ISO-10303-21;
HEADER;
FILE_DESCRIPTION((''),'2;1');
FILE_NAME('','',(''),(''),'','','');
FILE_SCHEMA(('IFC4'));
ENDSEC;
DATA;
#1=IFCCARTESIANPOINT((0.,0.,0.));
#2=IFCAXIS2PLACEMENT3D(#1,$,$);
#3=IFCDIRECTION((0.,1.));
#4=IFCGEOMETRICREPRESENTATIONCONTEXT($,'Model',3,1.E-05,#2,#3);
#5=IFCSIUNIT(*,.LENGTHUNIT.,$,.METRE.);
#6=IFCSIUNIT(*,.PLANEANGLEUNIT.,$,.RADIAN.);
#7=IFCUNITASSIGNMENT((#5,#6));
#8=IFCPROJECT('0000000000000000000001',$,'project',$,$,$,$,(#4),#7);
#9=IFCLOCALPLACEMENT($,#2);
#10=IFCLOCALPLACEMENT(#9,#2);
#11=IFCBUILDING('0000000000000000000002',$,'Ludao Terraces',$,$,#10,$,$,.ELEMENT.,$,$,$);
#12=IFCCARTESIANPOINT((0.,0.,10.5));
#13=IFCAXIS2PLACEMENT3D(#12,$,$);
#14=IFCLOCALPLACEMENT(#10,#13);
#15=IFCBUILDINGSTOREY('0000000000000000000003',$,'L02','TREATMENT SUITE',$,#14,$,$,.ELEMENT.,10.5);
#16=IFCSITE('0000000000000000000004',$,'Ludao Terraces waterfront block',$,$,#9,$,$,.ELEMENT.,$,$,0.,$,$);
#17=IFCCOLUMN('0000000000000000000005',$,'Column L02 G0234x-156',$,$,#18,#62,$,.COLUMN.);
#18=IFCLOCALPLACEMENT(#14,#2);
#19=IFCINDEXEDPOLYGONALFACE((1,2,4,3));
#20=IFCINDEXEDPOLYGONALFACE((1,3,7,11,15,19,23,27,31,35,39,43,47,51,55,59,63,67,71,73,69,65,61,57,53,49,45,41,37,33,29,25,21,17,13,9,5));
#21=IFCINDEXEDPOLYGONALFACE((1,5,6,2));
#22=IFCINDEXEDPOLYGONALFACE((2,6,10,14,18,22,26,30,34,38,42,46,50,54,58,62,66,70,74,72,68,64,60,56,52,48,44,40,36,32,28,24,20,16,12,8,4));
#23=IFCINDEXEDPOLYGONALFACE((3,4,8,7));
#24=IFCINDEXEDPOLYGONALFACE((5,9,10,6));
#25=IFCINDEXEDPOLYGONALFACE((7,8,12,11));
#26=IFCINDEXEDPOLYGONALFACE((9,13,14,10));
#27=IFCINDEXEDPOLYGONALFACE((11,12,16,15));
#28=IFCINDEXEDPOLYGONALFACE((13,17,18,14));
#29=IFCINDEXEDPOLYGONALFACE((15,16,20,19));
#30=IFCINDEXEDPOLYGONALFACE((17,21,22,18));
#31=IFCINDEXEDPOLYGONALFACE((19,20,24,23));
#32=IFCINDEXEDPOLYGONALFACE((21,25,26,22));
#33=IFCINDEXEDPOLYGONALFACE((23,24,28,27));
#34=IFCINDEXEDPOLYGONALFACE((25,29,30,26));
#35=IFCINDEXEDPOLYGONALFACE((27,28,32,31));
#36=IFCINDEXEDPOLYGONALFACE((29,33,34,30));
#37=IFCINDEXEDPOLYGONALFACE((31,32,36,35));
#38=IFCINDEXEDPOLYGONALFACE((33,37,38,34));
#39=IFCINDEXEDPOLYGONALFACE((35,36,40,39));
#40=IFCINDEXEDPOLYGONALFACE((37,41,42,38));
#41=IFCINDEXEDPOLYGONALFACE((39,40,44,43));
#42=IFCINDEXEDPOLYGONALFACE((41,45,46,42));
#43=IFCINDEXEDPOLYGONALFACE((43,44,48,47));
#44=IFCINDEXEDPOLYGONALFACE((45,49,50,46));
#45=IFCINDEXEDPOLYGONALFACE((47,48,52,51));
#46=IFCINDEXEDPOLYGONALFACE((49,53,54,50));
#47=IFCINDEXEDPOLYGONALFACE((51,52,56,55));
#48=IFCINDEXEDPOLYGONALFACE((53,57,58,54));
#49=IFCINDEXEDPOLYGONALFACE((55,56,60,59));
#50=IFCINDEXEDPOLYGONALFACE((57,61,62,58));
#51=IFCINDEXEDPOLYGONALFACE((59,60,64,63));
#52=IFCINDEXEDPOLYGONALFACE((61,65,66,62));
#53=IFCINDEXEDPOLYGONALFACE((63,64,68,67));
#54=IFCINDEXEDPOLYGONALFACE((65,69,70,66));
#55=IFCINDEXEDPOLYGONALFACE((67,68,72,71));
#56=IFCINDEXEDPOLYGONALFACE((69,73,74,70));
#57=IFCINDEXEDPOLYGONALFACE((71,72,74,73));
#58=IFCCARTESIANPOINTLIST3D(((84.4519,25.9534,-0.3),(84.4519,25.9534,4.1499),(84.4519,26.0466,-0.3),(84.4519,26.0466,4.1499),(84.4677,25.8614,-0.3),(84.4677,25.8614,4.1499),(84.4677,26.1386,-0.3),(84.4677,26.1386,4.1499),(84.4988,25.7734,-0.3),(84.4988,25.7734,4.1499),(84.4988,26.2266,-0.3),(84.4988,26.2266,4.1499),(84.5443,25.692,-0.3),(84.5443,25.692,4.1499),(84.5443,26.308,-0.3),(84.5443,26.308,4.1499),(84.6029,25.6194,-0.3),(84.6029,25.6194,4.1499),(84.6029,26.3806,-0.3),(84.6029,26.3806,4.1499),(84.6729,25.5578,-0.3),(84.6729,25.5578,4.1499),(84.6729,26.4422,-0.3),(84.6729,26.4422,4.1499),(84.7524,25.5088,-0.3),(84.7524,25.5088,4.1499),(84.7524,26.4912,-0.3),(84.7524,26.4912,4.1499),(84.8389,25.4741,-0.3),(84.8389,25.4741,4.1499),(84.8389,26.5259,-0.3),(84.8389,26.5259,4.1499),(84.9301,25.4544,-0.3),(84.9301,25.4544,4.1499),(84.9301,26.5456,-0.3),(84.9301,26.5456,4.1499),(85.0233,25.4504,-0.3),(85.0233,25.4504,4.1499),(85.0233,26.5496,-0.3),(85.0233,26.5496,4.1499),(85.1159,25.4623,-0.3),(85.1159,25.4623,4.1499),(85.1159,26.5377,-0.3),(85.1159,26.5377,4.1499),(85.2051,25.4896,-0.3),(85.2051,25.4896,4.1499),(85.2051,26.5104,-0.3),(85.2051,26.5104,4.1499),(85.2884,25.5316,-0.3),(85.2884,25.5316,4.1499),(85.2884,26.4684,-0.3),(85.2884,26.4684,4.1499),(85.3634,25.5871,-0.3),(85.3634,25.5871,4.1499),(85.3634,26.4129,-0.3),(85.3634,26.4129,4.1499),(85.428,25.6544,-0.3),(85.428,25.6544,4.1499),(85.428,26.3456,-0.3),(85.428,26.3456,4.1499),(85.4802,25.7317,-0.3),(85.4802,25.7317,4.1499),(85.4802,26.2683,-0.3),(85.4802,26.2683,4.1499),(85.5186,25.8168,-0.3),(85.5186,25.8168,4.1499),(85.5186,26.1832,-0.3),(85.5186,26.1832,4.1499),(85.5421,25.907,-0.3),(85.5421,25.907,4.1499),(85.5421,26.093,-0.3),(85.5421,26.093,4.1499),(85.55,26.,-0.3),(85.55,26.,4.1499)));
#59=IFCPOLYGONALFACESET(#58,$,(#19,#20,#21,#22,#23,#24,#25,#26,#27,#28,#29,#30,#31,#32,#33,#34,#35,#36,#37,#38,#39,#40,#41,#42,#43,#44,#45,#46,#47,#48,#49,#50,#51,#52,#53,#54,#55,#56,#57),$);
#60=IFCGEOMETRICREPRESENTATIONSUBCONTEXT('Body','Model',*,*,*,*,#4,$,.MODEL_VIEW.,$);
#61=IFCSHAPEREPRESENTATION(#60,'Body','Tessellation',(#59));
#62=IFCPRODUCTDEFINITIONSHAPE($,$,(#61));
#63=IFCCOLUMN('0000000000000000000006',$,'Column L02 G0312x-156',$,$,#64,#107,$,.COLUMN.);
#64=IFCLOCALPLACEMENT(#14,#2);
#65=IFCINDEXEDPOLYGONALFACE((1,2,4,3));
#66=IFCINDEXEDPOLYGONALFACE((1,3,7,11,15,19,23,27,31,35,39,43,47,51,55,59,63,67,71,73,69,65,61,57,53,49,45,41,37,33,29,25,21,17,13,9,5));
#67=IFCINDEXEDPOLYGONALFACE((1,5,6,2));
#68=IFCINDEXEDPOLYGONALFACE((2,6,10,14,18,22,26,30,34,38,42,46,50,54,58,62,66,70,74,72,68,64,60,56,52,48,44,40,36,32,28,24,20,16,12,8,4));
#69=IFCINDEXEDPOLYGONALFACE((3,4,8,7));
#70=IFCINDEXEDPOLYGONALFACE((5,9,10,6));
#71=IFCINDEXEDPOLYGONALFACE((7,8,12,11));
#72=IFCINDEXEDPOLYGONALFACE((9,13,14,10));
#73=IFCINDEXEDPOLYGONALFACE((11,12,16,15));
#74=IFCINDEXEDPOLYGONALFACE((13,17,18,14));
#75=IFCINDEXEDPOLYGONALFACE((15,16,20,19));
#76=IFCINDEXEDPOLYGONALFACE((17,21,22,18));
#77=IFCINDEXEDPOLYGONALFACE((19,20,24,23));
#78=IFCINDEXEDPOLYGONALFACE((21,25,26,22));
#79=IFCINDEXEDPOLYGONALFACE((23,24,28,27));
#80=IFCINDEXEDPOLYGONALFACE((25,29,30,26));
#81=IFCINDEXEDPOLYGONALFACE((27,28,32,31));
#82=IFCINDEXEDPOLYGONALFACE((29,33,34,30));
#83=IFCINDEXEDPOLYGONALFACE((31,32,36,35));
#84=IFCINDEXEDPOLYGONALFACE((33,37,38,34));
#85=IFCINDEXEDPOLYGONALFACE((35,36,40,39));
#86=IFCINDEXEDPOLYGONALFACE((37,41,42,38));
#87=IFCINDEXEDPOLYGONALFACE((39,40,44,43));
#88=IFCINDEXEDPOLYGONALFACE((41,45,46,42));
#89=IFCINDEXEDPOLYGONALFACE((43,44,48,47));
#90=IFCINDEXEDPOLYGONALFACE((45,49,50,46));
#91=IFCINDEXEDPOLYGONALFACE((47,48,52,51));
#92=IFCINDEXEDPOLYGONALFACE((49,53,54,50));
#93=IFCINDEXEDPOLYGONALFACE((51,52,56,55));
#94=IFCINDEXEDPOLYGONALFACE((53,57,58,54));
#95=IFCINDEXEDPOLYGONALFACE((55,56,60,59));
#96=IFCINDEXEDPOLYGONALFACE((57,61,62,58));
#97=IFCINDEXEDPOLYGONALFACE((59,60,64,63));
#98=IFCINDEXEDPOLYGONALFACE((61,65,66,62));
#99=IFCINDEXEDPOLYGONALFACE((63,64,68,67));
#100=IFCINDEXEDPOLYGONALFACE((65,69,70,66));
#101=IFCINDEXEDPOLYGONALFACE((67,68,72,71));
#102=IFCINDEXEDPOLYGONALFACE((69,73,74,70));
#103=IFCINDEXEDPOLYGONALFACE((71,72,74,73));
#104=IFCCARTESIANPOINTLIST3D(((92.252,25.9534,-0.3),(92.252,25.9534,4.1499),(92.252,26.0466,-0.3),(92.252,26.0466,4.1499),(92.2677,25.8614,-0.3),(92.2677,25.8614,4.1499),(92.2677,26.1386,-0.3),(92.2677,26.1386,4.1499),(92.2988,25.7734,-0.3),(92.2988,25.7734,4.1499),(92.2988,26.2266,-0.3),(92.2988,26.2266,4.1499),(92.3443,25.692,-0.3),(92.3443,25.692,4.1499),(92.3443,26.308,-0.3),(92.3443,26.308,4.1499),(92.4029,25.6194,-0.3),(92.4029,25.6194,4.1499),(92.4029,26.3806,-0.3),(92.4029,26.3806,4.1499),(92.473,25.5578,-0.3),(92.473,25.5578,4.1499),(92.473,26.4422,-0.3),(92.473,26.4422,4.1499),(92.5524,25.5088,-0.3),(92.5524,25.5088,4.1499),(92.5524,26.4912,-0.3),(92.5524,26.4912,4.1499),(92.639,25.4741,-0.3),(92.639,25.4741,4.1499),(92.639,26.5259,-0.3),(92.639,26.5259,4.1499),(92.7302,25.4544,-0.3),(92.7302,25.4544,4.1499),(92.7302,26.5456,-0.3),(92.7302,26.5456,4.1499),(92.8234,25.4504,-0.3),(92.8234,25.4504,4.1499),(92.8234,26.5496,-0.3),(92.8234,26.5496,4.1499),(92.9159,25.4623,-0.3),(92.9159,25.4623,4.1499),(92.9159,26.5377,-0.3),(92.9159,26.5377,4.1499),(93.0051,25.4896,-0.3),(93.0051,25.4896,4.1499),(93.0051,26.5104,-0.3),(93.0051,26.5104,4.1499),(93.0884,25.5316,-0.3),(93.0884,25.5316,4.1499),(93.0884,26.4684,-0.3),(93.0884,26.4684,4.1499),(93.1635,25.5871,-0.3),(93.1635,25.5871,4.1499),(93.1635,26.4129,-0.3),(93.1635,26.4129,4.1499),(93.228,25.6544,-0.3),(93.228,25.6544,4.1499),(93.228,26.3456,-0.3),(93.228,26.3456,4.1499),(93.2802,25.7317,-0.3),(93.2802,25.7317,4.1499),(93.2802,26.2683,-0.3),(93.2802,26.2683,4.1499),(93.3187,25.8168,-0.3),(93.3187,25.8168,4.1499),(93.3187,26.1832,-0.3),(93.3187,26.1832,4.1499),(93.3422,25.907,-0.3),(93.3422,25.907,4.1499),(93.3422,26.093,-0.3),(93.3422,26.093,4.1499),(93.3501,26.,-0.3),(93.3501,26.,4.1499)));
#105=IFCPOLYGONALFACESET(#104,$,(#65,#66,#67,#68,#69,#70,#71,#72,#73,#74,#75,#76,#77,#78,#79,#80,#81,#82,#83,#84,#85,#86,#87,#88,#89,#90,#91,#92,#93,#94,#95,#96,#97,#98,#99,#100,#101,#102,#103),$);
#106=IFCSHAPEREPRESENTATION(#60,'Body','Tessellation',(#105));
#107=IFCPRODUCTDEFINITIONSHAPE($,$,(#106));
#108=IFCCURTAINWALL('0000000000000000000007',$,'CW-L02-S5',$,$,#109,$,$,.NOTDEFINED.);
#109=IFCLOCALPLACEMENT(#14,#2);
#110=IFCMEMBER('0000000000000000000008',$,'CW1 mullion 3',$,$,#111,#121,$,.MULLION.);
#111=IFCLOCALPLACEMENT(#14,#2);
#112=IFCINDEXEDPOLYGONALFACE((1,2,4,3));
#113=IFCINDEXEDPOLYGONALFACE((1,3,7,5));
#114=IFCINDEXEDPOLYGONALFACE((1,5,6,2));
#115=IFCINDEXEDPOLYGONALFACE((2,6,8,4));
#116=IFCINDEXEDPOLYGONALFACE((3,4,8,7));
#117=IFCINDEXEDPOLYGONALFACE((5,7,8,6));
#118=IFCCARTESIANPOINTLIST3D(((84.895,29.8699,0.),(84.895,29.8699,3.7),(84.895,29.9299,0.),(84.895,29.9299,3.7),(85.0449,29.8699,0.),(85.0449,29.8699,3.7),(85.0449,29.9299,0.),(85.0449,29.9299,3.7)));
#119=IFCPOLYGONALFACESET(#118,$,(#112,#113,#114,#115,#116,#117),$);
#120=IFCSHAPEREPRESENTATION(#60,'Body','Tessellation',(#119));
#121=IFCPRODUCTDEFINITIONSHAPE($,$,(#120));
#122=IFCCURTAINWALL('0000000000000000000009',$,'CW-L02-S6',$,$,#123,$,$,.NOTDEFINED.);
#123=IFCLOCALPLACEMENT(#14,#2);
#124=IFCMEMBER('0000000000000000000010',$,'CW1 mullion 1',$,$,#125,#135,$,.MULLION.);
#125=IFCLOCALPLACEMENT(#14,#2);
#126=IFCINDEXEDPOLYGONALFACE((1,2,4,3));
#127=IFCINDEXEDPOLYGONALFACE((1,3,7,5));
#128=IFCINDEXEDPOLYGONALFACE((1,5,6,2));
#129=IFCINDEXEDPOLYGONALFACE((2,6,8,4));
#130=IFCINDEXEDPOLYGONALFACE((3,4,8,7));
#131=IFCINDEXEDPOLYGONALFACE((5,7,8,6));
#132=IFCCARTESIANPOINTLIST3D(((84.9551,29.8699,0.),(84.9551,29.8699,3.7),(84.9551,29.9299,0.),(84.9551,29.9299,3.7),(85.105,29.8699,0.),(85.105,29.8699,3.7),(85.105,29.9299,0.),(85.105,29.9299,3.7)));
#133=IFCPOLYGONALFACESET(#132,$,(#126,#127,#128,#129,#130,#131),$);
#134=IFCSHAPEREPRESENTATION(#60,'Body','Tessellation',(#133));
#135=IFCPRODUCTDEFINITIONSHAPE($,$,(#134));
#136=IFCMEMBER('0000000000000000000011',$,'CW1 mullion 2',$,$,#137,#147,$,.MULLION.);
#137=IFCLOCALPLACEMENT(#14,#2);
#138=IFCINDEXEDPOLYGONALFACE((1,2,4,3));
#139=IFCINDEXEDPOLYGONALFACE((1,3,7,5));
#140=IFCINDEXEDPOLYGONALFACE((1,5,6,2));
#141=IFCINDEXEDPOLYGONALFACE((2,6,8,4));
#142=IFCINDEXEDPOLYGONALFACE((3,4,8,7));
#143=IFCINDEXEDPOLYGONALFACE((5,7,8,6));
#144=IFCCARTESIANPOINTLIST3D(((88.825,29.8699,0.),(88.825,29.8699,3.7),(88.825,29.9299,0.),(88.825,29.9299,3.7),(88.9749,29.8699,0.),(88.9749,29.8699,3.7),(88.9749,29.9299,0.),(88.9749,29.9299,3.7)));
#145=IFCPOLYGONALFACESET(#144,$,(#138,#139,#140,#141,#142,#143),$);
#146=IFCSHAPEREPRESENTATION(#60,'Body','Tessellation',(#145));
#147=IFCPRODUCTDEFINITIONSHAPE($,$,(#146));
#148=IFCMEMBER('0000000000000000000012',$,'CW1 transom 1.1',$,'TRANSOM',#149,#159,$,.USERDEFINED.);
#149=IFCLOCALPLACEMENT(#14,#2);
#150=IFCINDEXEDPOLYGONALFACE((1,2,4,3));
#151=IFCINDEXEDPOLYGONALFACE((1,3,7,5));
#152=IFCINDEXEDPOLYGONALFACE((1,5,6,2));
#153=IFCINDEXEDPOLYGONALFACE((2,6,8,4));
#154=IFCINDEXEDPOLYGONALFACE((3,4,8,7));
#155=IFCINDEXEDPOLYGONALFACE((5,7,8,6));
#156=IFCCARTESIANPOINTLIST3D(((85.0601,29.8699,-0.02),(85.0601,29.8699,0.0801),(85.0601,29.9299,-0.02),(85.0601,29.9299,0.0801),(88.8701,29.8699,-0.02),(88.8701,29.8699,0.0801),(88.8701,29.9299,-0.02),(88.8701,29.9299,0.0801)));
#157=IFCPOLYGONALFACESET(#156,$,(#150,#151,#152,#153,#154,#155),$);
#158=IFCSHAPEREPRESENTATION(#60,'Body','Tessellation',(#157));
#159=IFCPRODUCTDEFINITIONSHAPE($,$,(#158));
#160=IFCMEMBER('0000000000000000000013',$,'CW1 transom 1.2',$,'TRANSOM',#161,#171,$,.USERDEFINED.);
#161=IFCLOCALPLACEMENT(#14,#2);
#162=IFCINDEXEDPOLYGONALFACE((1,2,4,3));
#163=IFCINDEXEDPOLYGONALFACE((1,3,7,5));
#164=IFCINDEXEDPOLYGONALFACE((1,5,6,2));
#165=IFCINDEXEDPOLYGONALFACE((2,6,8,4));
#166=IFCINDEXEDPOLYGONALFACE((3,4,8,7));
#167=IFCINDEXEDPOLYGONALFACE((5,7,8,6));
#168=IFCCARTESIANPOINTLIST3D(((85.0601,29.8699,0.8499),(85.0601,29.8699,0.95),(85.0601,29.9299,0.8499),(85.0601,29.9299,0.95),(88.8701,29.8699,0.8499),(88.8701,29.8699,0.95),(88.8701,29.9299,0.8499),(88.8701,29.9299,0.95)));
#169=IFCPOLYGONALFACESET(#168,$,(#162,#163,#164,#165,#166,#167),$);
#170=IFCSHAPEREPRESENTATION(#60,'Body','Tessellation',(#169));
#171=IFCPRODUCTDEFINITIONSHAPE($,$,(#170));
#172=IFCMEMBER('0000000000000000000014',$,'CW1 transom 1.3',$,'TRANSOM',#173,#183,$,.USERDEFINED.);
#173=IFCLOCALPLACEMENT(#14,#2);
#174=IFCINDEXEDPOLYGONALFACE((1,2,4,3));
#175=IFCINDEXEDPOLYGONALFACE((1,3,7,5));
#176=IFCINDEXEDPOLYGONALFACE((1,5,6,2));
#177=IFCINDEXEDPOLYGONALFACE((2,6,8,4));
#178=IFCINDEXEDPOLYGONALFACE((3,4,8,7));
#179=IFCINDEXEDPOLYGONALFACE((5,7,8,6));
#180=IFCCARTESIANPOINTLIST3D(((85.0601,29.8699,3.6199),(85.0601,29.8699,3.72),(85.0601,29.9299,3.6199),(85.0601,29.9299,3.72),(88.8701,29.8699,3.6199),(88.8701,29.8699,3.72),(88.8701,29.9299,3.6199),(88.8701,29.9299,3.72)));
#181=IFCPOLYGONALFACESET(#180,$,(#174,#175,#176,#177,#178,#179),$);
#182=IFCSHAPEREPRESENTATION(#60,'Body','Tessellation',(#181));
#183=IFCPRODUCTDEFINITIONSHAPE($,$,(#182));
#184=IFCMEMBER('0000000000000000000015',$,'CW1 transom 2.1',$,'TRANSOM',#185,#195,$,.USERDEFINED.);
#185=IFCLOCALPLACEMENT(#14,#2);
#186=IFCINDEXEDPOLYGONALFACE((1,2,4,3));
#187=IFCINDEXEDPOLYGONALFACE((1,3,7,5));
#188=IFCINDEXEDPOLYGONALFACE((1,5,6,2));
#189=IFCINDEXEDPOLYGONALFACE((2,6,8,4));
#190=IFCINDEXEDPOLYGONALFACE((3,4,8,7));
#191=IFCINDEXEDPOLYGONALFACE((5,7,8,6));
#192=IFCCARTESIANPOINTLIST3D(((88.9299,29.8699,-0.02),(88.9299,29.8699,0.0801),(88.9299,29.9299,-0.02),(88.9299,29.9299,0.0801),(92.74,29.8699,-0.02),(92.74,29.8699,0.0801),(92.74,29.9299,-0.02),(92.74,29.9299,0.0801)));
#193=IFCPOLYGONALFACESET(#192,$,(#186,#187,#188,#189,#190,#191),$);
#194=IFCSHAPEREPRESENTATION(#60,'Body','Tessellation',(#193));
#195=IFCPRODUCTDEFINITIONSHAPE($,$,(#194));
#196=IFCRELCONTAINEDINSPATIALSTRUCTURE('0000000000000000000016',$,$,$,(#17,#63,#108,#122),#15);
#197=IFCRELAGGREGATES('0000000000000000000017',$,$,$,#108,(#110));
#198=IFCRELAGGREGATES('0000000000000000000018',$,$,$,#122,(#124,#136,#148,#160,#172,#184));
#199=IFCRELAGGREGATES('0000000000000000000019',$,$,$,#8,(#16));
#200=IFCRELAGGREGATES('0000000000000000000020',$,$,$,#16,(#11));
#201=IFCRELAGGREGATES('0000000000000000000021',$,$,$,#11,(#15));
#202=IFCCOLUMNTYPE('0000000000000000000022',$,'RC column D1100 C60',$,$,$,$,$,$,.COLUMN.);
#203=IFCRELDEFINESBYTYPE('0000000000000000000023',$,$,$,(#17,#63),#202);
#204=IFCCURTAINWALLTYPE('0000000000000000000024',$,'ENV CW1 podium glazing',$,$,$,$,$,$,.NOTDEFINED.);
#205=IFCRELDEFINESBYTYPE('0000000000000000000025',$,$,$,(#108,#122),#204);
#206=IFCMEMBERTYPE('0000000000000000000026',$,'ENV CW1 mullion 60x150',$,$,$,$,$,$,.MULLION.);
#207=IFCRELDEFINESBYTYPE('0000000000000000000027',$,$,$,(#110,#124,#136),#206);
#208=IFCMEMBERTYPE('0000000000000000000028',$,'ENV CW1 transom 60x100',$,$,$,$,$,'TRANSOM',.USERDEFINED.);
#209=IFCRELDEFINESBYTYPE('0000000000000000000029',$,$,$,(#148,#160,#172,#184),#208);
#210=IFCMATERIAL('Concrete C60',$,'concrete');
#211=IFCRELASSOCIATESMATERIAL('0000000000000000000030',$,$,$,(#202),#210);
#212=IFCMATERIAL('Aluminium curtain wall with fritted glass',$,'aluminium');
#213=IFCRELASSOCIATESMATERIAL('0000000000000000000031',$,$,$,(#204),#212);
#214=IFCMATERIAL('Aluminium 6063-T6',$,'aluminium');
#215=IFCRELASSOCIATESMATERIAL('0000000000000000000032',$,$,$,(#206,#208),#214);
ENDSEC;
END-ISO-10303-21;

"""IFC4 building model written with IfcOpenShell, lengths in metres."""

from ifc_helpers import new_model, si_unit, direction, frame, origin, origin_2d, place, context, subcontext, project, spatial, rectangle, circle, extrude, material, material_profile, profile_set, type_object, element, aggregate, save


model = new_model("IFC4")

# Units and contexts
model_context = context("Model", 3, precision=1e-05, world=origin(), true_north=direction((0.0, 1.0)))
body_context = subcontext(model_context, "Body", "Model", "MODEL_VIEW")
ifc_project = project(units=[si_unit("LENGTHUNIT", "METRE"), si_unit("PLANEANGLEUNIT", "RADIAN")], contexts=[model_context])

# Site, building, storey
site_placement = place(None, origin())
site = spatial("IfcSite", under=ifc_project, at=site_placement, Name="Ludao Terraces waterfront block", CompositionType="ELEMENT", RefElevation=0.0)
building_placement = place(site_placement, origin())
building = spatial("IfcBuilding", under=site, at=building_placement, Name="Ludao Terraces", CompositionType="ELEMENT")
storey_placement = place(building_placement, frame((0.0, 0.0, 10.5)))
storey = spatial("IfcBuildingStorey", under=building, at=storey_placement, Name="L02", Description="TREATMENT SUITE", CompositionType="ELEMENT", Elevation=10.5)

# Columns
ifc_material_1 = material(Name="Concrete C60", Category="concrete")
ifc_material_profile_1 = material_profile(ifc_material_1, circle(Radius=0.55, at=origin_2d()), Name="D1100")
ifc_profile_set_1 = profile_set([ifc_material_profile_1], Name="Concrete C60")
column_type = type_object("IfcColumnType", Name="RC column D1100 C60", PredefinedType="COLUMN", material=ifc_profile_set_1)
for number, where, z_axis, x_axis, name in (
    (1, (85.0, 26.0, -0.3), (0.0, 0.0, 1.0), (1.0, 0.0, 0.0), "Column L02 G0234x-156"),
    (2, (92.8, 26.0, -0.3), (0.0, 0.0, 1.0), (1.0, 0.0, 0.0), "Column L02 G0312x-156"),
):
    element("IfcColumn", number, at=place(storey_placement, frame(where, z_axis=z_axis, x_axis=x_axis)), inside=storey, type_object=column_type, Name=name, PredefinedType="COLUMN", context=body_context, shape_type="SweptSolid", body=[
        extrude(circle(Radius=0.55, at=origin_2d()), origin(), (0.0, 0.0, 1.0), 4.45),
    ])

# Curtain wall, member
ifc_material_2 = material(Name="Aluminium curtain wall with fritted glass", Category="aluminium")
curtain_wall_type = type_object("IfcCurtainWallType", Name="ENV CW1 podium glazing", PredefinedType="NOTDEFINED", material=ifc_material_2)
curtain_wall_1_placement = place(storey_placement, origin())
curtain_wall_1 = element("IfcCurtainWall", 3, at=curtain_wall_1_placement, inside=storey, type_object=curtain_wall_type, Name="CW-L02-S5", PredefinedType="NOTDEFINED")
ifc_material_3 = material(Name="Aluminium 6063-T6", Category="aluminium")
ifc_material_profile_2 = material_profile(ifc_material_3, rectangle(XDim=0.0601, YDim=0.1499, at=origin_2d()), Name="60 X 150")
ifc_profile_set_2 = profile_set([ifc_material_profile_2], Name="Aluminium 6063-T6")
member_type_1 = type_object("IfcMemberType", Name="ENV CW1 mullion 60x150", PredefinedType="MULLION", material=ifc_profile_set_2)
member_1_placement = place(storey_placement, frame((84.97, 29.8999, 0.0), z_axis=(0.0, 0.0, 1.0), x_axis=(0.0, 1.0, 0.0)))
member_1 = element("IfcMember", 4, at=member_1_placement, type_object=member_type_1, Name="CW1 mullion 3", PredefinedType="MULLION", context=body_context, shape_type="SweptSolid", body=[
    extrude(rectangle(XDim=0.0601, YDim=0.1499, at=origin_2d()), origin(), (0.0, 0.0, 1.0), 3.7),
])

# Curtain wall, members
curtain_wall_2_placement = place(storey_placement, origin())
curtain_wall_2 = element("IfcCurtainWall", 5, at=curtain_wall_2_placement, inside=storey, type_object=curtain_wall_type, Name="CW-L02-S6", PredefinedType="NOTDEFINED")
member_2_placement = place(storey_placement, frame((85.03, 29.8999, 0.0), z_axis=(0.0, 0.0, 1.0), x_axis=(0.0, 1.0, 0.0)))
member_2 = element("IfcMember", 6, at=member_2_placement, type_object=member_type_1, Name="CW1 mullion 1", PredefinedType="MULLION", context=body_context, shape_type="SweptSolid", body=[
    extrude(rectangle(XDim=0.0601, YDim=0.1499, at=origin_2d()), origin(), (0.0, 0.0, 1.0), 3.7),
])
member_3_placement = place(storey_placement, frame((88.8999, 29.8999, 0.0), z_axis=(0.0, 0.0, 1.0), x_axis=(0.0, 1.0, 0.0)))
member_3 = element("IfcMember", 7, at=member_3_placement, type_object=member_type_1, Name="CW1 mullion 2", PredefinedType="MULLION", context=body_context, shape_type="SweptSolid", body=[
    extrude(rectangle(XDim=0.0601, YDim=0.1499, at=origin_2d()), origin(), (0.0, 0.0, 1.0), 3.7),
])
ifc_material_profile_3 = material_profile(ifc_material_3, rectangle(XDim=0.0601, YDim=0.1001, at=origin_2d()), Name="60 X 100")
ifc_profile_set_3 = profile_set([ifc_material_profile_3], Name="Aluminium 6063-T6")
member_type_2 = type_object("IfcMemberType", Name="ENV CW1 transom 60x100", ElementType="TRANSOM", PredefinedType="USERDEFINED", material=ifc_profile_set_3)
member_4_placement = place(storey_placement, frame((85.0601, 29.8999, 0.03), z_axis=(1.0, 0.0, 0.0), x_axis=(0.0, 1.0, 0.0)))
member_4 = element("IfcMember", 8, at=member_4_placement, type_object=member_type_2, Name="CW1 transom 1.1", ObjectType="TRANSOM", PredefinedType="USERDEFINED", context=body_context, shape_type="SweptSolid", body=[
    extrude(rectangle(XDim=0.0601, YDim=0.1001, at=origin_2d()), origin(), (0.0, 0.0, 1.0), 3.8101),
])
member_5_placement = place(storey_placement, frame((85.0601, 29.8999, 0.8999), z_axis=(1.0, 0.0, 0.0), x_axis=(0.0, 1.0, 0.0)))
member_5 = element("IfcMember", 9, at=member_5_placement, type_object=member_type_2, Name="CW1 transom 1.2", ObjectType="TRANSOM", PredefinedType="USERDEFINED", context=body_context, shape_type="SweptSolid", body=[
    extrude(rectangle(XDim=0.0601, YDim=0.1001, at=origin_2d()), origin(), (0.0, 0.0, 1.0), 3.8101),
])
member_6_placement = place(storey_placement, frame((85.0601, 29.8999, 3.6699), z_axis=(1.0, 0.0, 0.0), x_axis=(0.0, 1.0, 0.0)))
member_6 = element("IfcMember", 10, at=member_6_placement, type_object=member_type_2, Name="CW1 transom 1.3", ObjectType="TRANSOM", PredefinedType="USERDEFINED", context=body_context, shape_type="SweptSolid", body=[
    extrude(rectangle(XDim=0.0601, YDim=0.1001, at=origin_2d()), origin(), (0.0, 0.0, 1.0), 3.8101),
])
member_7_placement = place(storey_placement, frame((88.9299, 29.8999, 0.03), z_axis=(1.0, 0.0, 0.0), x_axis=(0.0, 1.0, 0.0)))
member_7 = element("IfcMember", 11, at=member_7_placement, type_object=member_type_2, Name="CW1 transom 2.1", ObjectType="TRANSOM", PredefinedType="USERDEFINED", context=body_context, shape_type="SweptSolid", body=[
    extrude(rectangle(XDim=0.0601, YDim=0.1001, at=origin_2d()), origin(), (0.0, 0.0, 1.0), 3.8101),
])

aggregate(curtain_wall_1, [member_1])
aggregate(curtain_wall_2, [member_2, member_3, member_4, member_5, member_6, member_7])

save(model, "model.ifc")
